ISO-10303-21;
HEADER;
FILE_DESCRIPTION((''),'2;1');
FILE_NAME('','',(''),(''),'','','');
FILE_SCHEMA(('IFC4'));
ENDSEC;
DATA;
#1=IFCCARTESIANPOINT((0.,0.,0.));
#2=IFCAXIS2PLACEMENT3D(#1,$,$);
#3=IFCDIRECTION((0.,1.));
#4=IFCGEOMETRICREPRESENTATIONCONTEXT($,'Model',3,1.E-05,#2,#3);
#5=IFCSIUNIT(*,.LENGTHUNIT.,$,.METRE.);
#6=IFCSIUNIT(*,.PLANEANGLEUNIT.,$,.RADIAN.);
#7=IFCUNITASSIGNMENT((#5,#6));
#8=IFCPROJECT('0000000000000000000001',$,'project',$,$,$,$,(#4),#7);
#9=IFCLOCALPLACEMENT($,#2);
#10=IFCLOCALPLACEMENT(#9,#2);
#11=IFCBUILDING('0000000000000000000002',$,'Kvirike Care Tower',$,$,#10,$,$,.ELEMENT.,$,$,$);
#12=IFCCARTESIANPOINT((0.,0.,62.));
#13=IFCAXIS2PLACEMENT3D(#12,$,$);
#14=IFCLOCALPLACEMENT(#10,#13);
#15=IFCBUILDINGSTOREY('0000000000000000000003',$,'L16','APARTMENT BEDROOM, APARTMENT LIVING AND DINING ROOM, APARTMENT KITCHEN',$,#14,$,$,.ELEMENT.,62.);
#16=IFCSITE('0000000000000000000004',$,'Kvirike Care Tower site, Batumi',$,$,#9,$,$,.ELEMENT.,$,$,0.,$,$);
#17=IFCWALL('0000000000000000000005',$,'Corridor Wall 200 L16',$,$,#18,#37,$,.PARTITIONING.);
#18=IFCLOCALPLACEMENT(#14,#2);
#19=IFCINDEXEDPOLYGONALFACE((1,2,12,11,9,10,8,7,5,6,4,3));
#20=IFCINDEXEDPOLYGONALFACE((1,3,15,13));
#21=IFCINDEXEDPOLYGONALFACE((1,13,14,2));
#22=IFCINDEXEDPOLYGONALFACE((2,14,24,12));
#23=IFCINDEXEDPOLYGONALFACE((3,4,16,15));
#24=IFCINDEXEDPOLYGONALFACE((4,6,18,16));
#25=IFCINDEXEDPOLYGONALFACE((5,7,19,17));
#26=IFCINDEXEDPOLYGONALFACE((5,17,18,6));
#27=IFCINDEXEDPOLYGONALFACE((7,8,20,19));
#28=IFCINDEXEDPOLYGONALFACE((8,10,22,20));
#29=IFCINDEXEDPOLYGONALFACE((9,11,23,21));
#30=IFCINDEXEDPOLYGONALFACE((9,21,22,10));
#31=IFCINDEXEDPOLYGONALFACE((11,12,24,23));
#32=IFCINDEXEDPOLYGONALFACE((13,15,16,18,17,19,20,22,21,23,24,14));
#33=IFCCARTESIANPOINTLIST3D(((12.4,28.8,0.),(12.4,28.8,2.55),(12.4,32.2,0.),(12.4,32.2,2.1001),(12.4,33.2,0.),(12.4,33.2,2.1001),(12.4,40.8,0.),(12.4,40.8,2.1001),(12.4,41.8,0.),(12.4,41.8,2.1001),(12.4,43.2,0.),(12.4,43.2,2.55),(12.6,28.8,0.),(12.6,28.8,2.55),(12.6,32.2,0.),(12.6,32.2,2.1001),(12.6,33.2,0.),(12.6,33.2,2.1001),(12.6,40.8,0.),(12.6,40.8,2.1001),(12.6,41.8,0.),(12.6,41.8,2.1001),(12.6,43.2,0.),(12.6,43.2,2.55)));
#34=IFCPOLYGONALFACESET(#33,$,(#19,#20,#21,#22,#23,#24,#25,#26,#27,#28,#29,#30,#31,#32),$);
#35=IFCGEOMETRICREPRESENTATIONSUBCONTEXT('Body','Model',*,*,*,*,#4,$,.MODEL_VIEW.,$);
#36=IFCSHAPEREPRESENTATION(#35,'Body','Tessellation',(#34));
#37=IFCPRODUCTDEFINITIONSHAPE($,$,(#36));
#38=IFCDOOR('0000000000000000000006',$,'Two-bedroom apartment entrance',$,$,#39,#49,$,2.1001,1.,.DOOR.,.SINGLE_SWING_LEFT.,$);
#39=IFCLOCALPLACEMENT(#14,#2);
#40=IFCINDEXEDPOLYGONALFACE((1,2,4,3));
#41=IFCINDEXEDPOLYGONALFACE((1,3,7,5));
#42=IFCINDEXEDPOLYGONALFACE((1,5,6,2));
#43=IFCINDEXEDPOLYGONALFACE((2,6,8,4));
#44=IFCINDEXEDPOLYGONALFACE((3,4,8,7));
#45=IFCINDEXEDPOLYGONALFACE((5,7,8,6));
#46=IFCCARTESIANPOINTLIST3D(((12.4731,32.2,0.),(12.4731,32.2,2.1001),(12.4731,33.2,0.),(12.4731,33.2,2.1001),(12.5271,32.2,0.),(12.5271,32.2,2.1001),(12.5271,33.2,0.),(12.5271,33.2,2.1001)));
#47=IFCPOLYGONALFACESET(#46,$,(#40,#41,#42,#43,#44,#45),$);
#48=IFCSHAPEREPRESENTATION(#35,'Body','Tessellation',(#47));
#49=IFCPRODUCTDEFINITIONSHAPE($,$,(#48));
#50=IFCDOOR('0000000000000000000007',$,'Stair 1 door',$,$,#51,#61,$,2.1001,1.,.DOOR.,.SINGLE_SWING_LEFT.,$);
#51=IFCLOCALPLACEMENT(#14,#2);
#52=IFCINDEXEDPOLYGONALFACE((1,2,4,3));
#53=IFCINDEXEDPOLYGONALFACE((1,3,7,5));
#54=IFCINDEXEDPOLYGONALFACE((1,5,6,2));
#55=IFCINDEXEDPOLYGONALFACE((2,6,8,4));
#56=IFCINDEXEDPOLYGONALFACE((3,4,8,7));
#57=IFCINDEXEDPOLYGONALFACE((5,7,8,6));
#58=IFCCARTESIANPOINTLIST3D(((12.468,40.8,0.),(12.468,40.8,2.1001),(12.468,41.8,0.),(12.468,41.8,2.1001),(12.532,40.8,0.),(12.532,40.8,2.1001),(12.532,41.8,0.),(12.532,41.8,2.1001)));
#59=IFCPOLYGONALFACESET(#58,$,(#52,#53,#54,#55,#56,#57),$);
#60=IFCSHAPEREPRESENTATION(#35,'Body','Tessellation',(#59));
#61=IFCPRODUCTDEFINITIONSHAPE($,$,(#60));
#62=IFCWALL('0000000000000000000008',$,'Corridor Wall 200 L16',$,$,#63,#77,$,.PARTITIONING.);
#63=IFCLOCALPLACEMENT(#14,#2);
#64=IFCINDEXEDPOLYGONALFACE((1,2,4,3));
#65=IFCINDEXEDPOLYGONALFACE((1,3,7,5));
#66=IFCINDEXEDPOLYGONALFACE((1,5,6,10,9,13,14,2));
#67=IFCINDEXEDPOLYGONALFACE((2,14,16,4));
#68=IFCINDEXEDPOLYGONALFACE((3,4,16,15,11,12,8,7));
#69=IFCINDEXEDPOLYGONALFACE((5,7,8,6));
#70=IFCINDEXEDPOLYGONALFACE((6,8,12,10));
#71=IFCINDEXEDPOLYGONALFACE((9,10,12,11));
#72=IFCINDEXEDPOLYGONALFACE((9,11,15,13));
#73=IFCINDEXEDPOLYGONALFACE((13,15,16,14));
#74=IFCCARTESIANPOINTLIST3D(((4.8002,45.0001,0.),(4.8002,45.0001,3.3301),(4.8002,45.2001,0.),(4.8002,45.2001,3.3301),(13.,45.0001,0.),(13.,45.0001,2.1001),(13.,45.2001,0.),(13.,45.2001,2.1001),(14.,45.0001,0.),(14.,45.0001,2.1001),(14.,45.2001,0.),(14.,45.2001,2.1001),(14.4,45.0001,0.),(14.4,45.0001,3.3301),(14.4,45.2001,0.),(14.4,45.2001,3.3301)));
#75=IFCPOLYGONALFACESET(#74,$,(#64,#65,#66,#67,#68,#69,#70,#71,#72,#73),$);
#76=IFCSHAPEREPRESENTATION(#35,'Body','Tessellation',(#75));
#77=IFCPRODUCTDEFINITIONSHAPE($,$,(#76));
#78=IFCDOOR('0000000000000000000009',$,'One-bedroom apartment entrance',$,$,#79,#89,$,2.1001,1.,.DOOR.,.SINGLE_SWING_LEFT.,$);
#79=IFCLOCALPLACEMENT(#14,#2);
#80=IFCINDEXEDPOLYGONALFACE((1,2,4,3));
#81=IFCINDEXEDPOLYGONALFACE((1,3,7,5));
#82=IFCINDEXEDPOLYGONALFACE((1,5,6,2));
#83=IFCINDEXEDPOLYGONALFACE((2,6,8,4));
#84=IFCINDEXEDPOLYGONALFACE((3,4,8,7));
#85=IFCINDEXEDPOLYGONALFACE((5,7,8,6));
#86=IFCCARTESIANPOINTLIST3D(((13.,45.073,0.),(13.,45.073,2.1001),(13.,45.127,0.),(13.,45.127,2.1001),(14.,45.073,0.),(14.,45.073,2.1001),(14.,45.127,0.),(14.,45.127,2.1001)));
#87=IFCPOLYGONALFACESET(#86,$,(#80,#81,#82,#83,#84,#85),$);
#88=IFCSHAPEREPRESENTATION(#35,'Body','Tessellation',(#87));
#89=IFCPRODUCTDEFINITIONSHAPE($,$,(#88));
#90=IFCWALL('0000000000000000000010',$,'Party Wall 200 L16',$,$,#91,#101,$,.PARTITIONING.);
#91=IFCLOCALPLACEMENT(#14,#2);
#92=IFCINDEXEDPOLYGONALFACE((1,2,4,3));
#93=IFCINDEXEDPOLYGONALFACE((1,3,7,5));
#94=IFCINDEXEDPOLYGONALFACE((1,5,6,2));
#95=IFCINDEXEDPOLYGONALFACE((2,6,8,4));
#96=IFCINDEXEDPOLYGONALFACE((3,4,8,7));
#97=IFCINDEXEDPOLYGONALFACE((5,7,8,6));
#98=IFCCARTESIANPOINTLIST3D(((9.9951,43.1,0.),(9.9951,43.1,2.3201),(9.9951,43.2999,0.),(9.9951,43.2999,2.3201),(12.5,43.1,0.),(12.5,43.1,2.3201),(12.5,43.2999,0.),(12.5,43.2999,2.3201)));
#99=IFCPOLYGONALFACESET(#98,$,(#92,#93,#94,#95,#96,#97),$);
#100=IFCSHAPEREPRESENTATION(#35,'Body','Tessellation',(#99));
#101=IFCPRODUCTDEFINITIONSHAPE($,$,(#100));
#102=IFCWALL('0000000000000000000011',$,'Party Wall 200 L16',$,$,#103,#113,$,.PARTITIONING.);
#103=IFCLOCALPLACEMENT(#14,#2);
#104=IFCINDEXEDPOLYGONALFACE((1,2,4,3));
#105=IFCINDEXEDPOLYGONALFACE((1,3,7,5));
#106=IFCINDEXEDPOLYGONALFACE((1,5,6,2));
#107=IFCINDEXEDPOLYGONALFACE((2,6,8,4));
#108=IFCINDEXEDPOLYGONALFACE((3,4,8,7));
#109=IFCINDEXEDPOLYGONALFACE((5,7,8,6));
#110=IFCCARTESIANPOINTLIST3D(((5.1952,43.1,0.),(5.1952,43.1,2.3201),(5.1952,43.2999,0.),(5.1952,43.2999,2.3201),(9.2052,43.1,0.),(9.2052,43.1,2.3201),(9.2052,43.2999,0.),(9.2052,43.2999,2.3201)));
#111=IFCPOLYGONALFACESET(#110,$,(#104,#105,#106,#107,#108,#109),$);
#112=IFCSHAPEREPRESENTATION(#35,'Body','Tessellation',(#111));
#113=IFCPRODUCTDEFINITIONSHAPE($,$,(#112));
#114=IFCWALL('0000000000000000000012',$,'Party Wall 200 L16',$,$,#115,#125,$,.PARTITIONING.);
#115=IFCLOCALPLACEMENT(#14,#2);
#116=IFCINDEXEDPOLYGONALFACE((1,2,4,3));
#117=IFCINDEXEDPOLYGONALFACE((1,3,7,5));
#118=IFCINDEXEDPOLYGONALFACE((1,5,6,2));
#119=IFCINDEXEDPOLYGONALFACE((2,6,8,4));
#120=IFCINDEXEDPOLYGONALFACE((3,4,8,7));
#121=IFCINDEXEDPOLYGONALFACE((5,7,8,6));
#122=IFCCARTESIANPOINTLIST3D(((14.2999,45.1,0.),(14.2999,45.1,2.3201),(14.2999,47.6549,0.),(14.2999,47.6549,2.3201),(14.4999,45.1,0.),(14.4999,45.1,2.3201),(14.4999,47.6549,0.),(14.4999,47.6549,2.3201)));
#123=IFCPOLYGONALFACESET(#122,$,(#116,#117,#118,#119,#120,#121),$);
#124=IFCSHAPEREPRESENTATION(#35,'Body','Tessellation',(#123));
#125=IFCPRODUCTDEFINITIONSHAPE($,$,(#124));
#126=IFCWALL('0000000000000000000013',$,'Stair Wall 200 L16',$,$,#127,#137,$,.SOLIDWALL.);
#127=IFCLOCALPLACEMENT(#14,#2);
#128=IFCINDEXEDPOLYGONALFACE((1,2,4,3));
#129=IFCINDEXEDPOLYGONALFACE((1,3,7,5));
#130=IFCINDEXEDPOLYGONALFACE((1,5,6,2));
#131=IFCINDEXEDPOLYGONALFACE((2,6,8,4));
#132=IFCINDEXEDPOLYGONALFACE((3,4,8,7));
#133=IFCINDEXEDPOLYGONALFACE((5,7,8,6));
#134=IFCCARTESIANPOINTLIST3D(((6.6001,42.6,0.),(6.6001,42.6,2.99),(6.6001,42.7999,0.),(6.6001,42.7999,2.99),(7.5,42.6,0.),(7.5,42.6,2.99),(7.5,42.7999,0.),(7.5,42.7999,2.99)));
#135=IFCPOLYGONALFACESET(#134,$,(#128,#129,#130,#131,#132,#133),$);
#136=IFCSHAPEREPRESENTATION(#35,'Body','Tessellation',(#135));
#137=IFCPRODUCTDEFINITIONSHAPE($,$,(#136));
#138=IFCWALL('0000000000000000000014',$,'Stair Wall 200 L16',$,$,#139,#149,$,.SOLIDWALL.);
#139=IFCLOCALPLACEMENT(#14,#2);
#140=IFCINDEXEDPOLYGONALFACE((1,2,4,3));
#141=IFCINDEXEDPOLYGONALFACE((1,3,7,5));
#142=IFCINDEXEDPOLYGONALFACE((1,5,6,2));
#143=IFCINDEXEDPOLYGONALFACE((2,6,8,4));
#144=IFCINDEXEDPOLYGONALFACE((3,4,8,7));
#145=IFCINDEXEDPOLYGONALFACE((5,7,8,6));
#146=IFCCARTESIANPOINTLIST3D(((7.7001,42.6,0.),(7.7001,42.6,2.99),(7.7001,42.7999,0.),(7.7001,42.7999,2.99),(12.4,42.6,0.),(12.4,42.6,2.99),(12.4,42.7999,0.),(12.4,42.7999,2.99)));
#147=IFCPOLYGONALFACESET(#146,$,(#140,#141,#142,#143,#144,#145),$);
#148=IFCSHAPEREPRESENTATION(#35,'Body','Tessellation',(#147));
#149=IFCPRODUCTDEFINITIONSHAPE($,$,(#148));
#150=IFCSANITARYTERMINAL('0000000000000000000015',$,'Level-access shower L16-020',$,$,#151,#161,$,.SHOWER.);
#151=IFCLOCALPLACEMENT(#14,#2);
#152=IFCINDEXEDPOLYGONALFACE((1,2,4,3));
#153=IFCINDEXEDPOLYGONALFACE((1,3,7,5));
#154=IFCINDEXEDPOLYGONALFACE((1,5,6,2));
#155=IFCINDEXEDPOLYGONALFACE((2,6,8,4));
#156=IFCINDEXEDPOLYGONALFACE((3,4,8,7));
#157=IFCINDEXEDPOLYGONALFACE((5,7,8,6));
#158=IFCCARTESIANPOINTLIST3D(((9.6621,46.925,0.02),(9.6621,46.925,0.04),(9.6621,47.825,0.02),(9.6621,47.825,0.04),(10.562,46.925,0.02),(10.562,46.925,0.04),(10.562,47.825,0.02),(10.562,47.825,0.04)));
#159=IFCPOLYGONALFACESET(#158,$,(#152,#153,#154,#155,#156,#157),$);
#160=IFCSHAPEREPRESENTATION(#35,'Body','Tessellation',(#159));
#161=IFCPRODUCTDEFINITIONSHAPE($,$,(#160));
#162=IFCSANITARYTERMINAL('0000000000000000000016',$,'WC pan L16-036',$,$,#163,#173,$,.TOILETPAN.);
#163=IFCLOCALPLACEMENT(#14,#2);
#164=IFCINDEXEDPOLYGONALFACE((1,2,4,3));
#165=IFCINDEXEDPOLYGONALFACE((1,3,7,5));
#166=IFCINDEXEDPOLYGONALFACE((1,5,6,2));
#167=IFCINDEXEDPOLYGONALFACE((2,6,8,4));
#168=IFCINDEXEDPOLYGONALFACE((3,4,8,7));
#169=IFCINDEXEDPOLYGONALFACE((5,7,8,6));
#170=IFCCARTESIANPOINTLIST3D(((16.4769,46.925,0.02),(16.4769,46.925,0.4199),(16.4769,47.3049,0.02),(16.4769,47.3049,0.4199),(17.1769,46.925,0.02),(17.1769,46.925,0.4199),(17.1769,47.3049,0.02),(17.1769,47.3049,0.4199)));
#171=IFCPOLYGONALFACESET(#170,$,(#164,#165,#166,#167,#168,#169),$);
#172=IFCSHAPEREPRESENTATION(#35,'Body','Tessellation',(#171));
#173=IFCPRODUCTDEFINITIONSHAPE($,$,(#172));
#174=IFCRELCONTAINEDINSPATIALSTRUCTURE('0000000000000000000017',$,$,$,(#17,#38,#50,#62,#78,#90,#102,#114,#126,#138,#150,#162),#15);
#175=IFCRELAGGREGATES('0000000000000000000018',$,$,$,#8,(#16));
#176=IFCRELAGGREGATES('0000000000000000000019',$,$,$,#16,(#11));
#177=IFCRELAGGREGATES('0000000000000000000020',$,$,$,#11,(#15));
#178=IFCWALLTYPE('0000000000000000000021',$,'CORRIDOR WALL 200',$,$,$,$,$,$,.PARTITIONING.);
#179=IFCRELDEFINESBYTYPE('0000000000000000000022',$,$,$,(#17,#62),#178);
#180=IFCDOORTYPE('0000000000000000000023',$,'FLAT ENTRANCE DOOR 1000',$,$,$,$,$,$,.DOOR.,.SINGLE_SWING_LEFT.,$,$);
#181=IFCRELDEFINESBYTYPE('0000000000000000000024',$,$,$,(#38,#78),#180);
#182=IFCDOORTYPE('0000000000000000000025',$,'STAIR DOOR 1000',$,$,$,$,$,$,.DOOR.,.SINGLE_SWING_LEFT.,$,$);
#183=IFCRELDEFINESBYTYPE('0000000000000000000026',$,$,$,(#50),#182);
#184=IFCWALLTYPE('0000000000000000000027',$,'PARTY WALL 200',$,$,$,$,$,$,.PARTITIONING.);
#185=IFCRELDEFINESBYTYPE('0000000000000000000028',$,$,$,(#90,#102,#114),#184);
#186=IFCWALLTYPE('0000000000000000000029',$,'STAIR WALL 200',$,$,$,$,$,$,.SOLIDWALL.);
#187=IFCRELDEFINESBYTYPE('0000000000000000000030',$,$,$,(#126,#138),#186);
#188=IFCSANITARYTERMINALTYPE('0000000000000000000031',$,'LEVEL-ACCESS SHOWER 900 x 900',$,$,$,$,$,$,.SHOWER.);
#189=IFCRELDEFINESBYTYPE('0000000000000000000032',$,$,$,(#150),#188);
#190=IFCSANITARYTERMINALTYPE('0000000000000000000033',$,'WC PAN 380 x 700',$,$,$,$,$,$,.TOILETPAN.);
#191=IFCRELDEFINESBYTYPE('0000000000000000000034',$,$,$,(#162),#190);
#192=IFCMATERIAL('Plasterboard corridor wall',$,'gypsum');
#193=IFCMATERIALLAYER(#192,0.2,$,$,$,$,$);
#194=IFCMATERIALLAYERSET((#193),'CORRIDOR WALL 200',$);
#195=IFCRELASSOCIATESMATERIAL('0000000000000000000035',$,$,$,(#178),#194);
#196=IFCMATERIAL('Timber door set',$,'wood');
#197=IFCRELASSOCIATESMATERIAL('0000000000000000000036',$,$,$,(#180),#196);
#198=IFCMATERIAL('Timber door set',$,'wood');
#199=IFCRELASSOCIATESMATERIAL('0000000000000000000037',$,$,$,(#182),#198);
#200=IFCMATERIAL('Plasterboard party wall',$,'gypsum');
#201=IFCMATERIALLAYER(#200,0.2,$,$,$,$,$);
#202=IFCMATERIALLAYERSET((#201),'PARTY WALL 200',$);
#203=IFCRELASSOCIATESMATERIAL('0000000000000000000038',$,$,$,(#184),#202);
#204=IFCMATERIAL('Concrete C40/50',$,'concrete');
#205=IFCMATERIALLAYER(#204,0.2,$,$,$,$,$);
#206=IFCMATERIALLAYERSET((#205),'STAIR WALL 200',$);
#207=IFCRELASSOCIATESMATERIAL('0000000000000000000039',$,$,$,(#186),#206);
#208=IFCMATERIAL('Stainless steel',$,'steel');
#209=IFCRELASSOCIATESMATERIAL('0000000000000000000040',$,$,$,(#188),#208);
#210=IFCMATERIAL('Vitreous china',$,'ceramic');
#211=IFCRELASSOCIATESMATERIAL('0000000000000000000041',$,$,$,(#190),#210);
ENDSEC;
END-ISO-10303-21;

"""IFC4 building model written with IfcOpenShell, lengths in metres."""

from ifc_helpers import new_model, si_unit, direction, frame, frame_2d, origin, origin_2d, place, context, subcontext, project, spatial, rectangle, extrude, material, layer, layer_set, type_object, element, fill, save


model = new_model("IFC4")

# Units and contexts
model_context = context("Model", 3, precision=1e-05, world=origin(), true_north=direction((0.0, 1.0)))
body_context = subcontext(model_context, "Body", "Model", "MODEL_VIEW")
ifc_project = project(units=[si_unit("LENGTHUNIT", "METRE"), si_unit("PLANEANGLEUNIT", "RADIAN")], contexts=[model_context])

# Site, building, storey
site_placement = place(None, origin())
site = spatial("IfcSite", under=ifc_project, at=site_placement, Name="Kvirike Care Tower site, Batumi", CompositionType="ELEMENT", RefElevation=0.0)
building_placement = place(site_placement, origin())
building = spatial("IfcBuilding", under=site, at=building_placement, Name="Kvirike Care Tower", CompositionType="ELEMENT")
storey_placement = place(building_placement, frame((0.0, 0.0, 62.0)))
storey = spatial("IfcBuildingStorey", under=building, at=storey_placement, Name="L16", Description="APARTMENT BEDROOM, APARTMENT LIVING AND DINING ROOM, APARTMENT KITCHEN", CompositionType="ELEMENT", Elevation=62.0)

# Wall, openings, doors
ifc_material_1 = material(Name="Plasterboard corridor wall", Category="gypsum")
ifc_layer_1 = layer(ifc_material_1, 0.2)
ifc_layer_set_1 = layer_set([ifc_layer_1], Name="CORRIDOR WALL 200")
wall_type_1 = type_object("IfcWallType", Name="CORRIDOR WALL 200", PredefinedType="PARTITIONING", material=ifc_layer_set_1)
wall_1_placement = place(storey_placement, frame((12.5, 43.2, 0.0), z_axis=(0.0, 0.0, 1.0), x_axis=(0.0, -1.0, 0.0)))
wall_1 = element("IfcWall", 1, at=wall_1_placement, inside=storey, type_object=wall_type_1, Name="Corridor Wall 200 L16", PredefinedType="PARTITIONING", context=body_context, shape_type="SweptSolid", body=[
    extrude(rectangle(XDim=14.3999, YDim=0.2, at=frame_2d((7.2, 0.0))), origin(), (0.0, 0.0, 1.0), 2.55),
])
opening_1_placement = place(wall_1_placement, frame((1.3999, 0.0, 0.0)))
opening_1 = element("IfcOpeningElement", 2, at=opening_1_placement, cuts=wall_1, PredefinedType="OPENING", context=body_context, shape_type="SweptSolid", body=[
    extrude(rectangle(XDim=1.0, YDim=2.1001, at=frame_2d((0.5, 1.05))), frame((0.0, 0.1106, 0.0), z_axis=(0.0, -1.0, 0.0), x_axis=(1.0, 0.0, 0.0)), (0.0, 0.0, 1.0), 0.2209),
])
opening_2_placement = place(wall_1_placement, frame((10.0, 0.0, 0.0)))
opening_2 = element("IfcOpeningElement", 3, at=opening_2_placement, cuts=wall_1, PredefinedType="OPENING", context=body_context, shape_type="SweptSolid", body=[
    extrude(rectangle(XDim=1.0, YDim=2.1001, at=frame_2d((0.5, 1.05))), frame((0.0, 0.1106, 0.0), z_axis=(0.0, -1.0, 0.0), x_axis=(1.0, 0.0, 0.0)), (0.0, 0.0, 1.0), 0.2209),
])
ifc_material_2 = material(Name="Timber door set", Category="wood")
door_type_1 = type_object("IfcDoorType", Name="FLAT ENTRANCE DOOR 1000", OperationType="SINGLE_SWING_LEFT", PredefinedType="DOOR", material=ifc_material_2)
door_1_placement = place(opening_2_placement, frame((1.0, 0.0, 0.0), z_axis=(0.0, 0.0, 1.0), x_axis=(-1.0, 0.0, 0.0)))
door_1 = element("IfcDoor", 4, at=door_1_placement, inside=storey, type_object=door_type_1, Name="Two-bedroom apartment entrance", OperationType="SINGLE_SWING_LEFT", OverallHeight=2.1001, OverallWidth=1.0, PredefinedType="DOOR", context=body_context, shape_type="SweptSolid", body=[
    extrude(rectangle(XDim=1.0, YDim=2.1001, at=frame_2d((0.5, 1.05))), frame((0.0, 0.0269, 0.0), z_axis=(0.0, -1.0, 0.0), x_axis=(1.0, 0.0, 0.0)), (0.0, 0.0, 1.0), 0.054),
])
fill(opening_2, door_1)
ifc_material_3 = material(Name="Timber door set", Category="wood")
door_type_2 = type_object("IfcDoorType", Name="STAIR DOOR 1000", OperationType="SINGLE_SWING_LEFT", PredefinedType="DOOR", material=ifc_material_3)
door_2_placement = place(opening_1_placement, frame((1.0, 0.0, 0.0), z_axis=(0.0, 0.0, 1.0), x_axis=(-1.0, 0.0, 0.0)))
door_2 = element("IfcDoor", 5, at=door_2_placement, inside=storey, type_object=door_type_2, Name="Stair 1 door", OperationType="SINGLE_SWING_LEFT", OverallHeight=2.1001, OverallWidth=1.0, PredefinedType="DOOR", context=body_context, shape_type="SweptSolid", body=[
    extrude(rectangle(XDim=1.0, YDim=2.1001, at=frame_2d((0.5, 1.05))), frame((0.0, 0.032, 0.0), z_axis=(0.0, -1.0, 0.0), x_axis=(1.0, 0.0, 0.0)), (0.0, 0.0, 1.0), 0.064),
])
fill(opening_1, door_2)

# Wall, opening, door
wall_2_placement = place(storey_placement, frame((14.3999, 45.1001, 0.0), z_axis=(0.0, 0.0, 1.0), x_axis=(-1.0, 0.0, 0.0)))
wall_2 = element("IfcWall", 6, at=wall_2_placement, inside=storey, type_object=wall_type_1, Name="Corridor Wall 200 L16", PredefinedType="PARTITIONING", context=body_context, shape_type="SweptSolid", body=[
    extrude(rectangle(XDim=9.5999, YDim=0.2, at=frame_2d((4.7998, 0.0))), origin(), (0.0, 0.0, 1.0), 3.3301),
])
opening_3_placement = place(wall_2_placement, frame((0.3999, 0.0, 0.0)))
opening_3 = element("IfcOpeningElement", 7, at=opening_3_placement, cuts=wall_2, PredefinedType="OPENING", context=body_context, shape_type="SweptSolid", body=[
    extrude(rectangle(XDim=1.0, YDim=2.1001, at=frame_2d((0.5, 1.05))), frame((0.0, 0.1106, 0.0), z_axis=(0.0, -1.0, 0.0), x_axis=(1.0, 0.0, 0.0)), (0.0, 0.0, 1.0), 0.2209),
])
door_3_placement = place(opening_3_placement, frame((1.0, 0.0, 0.0), z_axis=(0.0, 0.0, 1.0), x_axis=(-1.0, 0.0, 0.0)))
door_3 = element("IfcDoor", 8, at=door_3_placement, inside=storey, type_object=door_type_1, Name="One-bedroom apartment entrance", OperationType="SINGLE_SWING_LEFT", OverallHeight=2.1001, OverallWidth=1.0, PredefinedType="DOOR", context=body_context, shape_type="SweptSolid", body=[
    extrude(rectangle(XDim=1.0, YDim=2.1001, at=frame_2d((0.5, 1.05))), frame((0.0, 0.0269, 0.0), z_axis=(0.0, -1.0, 0.0), x_axis=(1.0, 0.0, 0.0)), (0.0, 0.0, 1.0), 0.054),
])
fill(opening_3, door_3)

# Walls
ifc_material_4 = material(Name="Plasterboard party wall", Category="gypsum")
ifc_layer_2 = layer(ifc_material_4, 0.2)
ifc_layer_set_2 = layer_set([ifc_layer_2], Name="PARTY WALL 200")
wall_type_2 = type_object("IfcWallType", Name="PARTY WALL 200", PredefinedType="PARTITIONING", material=ifc_layer_set_2)
wall_3_placement = place(storey_placement, frame((12.5, 43.2, 0.0), z_axis=(0.0, 0.0, 1.0), x_axis=(-1.0, 0.0, 0.0)))
element("IfcWall", 9, at=wall_3_placement, inside=storey, type_object=wall_type_2, Name="Party Wall 200 L16", PredefinedType="PARTITIONING", context=body_context, shape_type="SweptSolid", body=[
    extrude(rectangle(XDim=2.5049, YDim=0.2, at=frame_2d((1.2524, 0.0))), origin(), (0.0, 0.0, 1.0), 2.3201),
])
wall_4_placement = place(storey_placement, frame((9.2051, 43.2, 0.0), z_axis=(0.0, 0.0, 1.0), x_axis=(-1.0, 0.0, 0.0)))
element("IfcWall", 10, at=wall_4_placement, inside=storey, type_object=wall_type_2, Name="Party Wall 200 L16", PredefinedType="PARTITIONING", context=body_context, shape_type="SweptSolid", body=[
    extrude(rectangle(XDim=4.01, YDim=0.2, at=frame_2d((2.0049, 0.0))), origin(), (0.0, 0.0, 1.0), 2.3201),
])
wall_5_placement = place(storey_placement, frame((14.3999, 45.1001, 0.0), z_axis=(0.0, 0.0, 1.0), x_axis=(0.0, 1.0, 0.0)))
element("IfcWall", 11, at=wall_5_placement, inside=storey, type_object=wall_type_2, Name="Party Wall 200 L16", PredefinedType="PARTITIONING", context=body_context, shape_type="SweptSolid", body=[
    extrude(rectangle(XDim=2.5549, YDim=0.2, at=frame_2d((1.2773, 0.0))), origin(), (0.0, 0.0, 1.0), 2.3201),
])
ifc_material_5 = material(Name="Concrete C40/50", Category="concrete")
ifc_layer_3 = layer(ifc_material_5, 0.2)
ifc_layer_set_3 = layer_set([ifc_layer_3], Name="STAIR WALL 200")
wall_type_3 = type_object("IfcWallType", Name="STAIR WALL 200", PredefinedType="SOLIDWALL", material=ifc_layer_set_3)
wall_6_placement = place(storey_placement, frame((6.6001, 42.7, 0.0), z_axis=(0.0, 0.0, 1.0), x_axis=(1.0, 0.0, 0.0)))
element("IfcWall", 12, at=wall_6_placement, inside=storey, type_object=wall_type_3, Name="Stair Wall 200 L16", PredefinedType="SOLIDWALL", context=body_context, shape_type="SweptSolid", body=[
    extrude(rectangle(XDim=0.8999, YDim=0.2, at=frame_2d((0.45, 0.0))), origin(), (0.0, 0.0, 1.0), 2.99),
])
wall_7_placement = place(storey_placement, frame((7.7, 42.7, 0.0), z_axis=(0.0, 0.0, 1.0), x_axis=(1.0, 0.0, 0.0)))
element("IfcWall", 13, at=wall_7_placement, inside=storey, type_object=wall_type_3, Name="Stair Wall 200 L16", PredefinedType="SOLIDWALL", context=body_context, shape_type="SweptSolid", body=[
    extrude(rectangle(XDim=4.7, YDim=0.2, at=frame_2d((2.3501, 0.0))), origin(), (0.0, 0.0, 1.0), 2.99),
])

# Sanitary terminals
ifc_material_6 = material(Name="Stainless steel", Category="steel")
sanitary_terminal_type_1 = type_object("IfcSanitaryTerminalType", Name="LEVEL-ACCESS SHOWER 900 x 900", PredefinedType="SHOWER", material=ifc_material_6)
sanitary_terminal_1_placement = place(storey_placement, frame((10.1121, 47.375, 0.02), z_axis=(0.0, 0.0, 1.0), x_axis=(0.0, 1.0, 0.0)))
element("IfcSanitaryTerminal", 14, at=sanitary_terminal_1_placement, inside=storey, type_object=sanitary_terminal_type_1, Name="Level-access shower L16-020", PredefinedType="SHOWER", context=body_context, shape_type="SweptSolid", body=[
    extrude(rectangle(XDim=0.8999, YDim=0.8999, at=origin_2d()), origin(), (0.0, 0.0, 1.0), 0.02),
])
ifc_material_7 = material(Name="Vitreous china", Category="ceramic")
sanitary_terminal_type_2 = type_object("IfcSanitaryTerminalType", Name="WC PAN 380 x 700", PredefinedType="TOILETPAN", material=ifc_material_7)
sanitary_terminal_2_placement = place(storey_placement, frame((16.8269, 47.115, 0.02), z_axis=(0.0, 0.0, 1.0), x_axis=(0.0, 1.0, 0.0)))
element("IfcSanitaryTerminal", 15, at=sanitary_terminal_2_placement, inside=storey, type_object=sanitary_terminal_type_2, Name="WC pan L16-036", PredefinedType="TOILETPAN", context=body_context, shape_type="SweptSolid", body=[
    extrude(rectangle(XDim=0.3799, YDim=0.7, at=origin_2d()), origin(), (0.0, 0.0, 1.0), 0.3999),
])

save(model, "model.ifc")
